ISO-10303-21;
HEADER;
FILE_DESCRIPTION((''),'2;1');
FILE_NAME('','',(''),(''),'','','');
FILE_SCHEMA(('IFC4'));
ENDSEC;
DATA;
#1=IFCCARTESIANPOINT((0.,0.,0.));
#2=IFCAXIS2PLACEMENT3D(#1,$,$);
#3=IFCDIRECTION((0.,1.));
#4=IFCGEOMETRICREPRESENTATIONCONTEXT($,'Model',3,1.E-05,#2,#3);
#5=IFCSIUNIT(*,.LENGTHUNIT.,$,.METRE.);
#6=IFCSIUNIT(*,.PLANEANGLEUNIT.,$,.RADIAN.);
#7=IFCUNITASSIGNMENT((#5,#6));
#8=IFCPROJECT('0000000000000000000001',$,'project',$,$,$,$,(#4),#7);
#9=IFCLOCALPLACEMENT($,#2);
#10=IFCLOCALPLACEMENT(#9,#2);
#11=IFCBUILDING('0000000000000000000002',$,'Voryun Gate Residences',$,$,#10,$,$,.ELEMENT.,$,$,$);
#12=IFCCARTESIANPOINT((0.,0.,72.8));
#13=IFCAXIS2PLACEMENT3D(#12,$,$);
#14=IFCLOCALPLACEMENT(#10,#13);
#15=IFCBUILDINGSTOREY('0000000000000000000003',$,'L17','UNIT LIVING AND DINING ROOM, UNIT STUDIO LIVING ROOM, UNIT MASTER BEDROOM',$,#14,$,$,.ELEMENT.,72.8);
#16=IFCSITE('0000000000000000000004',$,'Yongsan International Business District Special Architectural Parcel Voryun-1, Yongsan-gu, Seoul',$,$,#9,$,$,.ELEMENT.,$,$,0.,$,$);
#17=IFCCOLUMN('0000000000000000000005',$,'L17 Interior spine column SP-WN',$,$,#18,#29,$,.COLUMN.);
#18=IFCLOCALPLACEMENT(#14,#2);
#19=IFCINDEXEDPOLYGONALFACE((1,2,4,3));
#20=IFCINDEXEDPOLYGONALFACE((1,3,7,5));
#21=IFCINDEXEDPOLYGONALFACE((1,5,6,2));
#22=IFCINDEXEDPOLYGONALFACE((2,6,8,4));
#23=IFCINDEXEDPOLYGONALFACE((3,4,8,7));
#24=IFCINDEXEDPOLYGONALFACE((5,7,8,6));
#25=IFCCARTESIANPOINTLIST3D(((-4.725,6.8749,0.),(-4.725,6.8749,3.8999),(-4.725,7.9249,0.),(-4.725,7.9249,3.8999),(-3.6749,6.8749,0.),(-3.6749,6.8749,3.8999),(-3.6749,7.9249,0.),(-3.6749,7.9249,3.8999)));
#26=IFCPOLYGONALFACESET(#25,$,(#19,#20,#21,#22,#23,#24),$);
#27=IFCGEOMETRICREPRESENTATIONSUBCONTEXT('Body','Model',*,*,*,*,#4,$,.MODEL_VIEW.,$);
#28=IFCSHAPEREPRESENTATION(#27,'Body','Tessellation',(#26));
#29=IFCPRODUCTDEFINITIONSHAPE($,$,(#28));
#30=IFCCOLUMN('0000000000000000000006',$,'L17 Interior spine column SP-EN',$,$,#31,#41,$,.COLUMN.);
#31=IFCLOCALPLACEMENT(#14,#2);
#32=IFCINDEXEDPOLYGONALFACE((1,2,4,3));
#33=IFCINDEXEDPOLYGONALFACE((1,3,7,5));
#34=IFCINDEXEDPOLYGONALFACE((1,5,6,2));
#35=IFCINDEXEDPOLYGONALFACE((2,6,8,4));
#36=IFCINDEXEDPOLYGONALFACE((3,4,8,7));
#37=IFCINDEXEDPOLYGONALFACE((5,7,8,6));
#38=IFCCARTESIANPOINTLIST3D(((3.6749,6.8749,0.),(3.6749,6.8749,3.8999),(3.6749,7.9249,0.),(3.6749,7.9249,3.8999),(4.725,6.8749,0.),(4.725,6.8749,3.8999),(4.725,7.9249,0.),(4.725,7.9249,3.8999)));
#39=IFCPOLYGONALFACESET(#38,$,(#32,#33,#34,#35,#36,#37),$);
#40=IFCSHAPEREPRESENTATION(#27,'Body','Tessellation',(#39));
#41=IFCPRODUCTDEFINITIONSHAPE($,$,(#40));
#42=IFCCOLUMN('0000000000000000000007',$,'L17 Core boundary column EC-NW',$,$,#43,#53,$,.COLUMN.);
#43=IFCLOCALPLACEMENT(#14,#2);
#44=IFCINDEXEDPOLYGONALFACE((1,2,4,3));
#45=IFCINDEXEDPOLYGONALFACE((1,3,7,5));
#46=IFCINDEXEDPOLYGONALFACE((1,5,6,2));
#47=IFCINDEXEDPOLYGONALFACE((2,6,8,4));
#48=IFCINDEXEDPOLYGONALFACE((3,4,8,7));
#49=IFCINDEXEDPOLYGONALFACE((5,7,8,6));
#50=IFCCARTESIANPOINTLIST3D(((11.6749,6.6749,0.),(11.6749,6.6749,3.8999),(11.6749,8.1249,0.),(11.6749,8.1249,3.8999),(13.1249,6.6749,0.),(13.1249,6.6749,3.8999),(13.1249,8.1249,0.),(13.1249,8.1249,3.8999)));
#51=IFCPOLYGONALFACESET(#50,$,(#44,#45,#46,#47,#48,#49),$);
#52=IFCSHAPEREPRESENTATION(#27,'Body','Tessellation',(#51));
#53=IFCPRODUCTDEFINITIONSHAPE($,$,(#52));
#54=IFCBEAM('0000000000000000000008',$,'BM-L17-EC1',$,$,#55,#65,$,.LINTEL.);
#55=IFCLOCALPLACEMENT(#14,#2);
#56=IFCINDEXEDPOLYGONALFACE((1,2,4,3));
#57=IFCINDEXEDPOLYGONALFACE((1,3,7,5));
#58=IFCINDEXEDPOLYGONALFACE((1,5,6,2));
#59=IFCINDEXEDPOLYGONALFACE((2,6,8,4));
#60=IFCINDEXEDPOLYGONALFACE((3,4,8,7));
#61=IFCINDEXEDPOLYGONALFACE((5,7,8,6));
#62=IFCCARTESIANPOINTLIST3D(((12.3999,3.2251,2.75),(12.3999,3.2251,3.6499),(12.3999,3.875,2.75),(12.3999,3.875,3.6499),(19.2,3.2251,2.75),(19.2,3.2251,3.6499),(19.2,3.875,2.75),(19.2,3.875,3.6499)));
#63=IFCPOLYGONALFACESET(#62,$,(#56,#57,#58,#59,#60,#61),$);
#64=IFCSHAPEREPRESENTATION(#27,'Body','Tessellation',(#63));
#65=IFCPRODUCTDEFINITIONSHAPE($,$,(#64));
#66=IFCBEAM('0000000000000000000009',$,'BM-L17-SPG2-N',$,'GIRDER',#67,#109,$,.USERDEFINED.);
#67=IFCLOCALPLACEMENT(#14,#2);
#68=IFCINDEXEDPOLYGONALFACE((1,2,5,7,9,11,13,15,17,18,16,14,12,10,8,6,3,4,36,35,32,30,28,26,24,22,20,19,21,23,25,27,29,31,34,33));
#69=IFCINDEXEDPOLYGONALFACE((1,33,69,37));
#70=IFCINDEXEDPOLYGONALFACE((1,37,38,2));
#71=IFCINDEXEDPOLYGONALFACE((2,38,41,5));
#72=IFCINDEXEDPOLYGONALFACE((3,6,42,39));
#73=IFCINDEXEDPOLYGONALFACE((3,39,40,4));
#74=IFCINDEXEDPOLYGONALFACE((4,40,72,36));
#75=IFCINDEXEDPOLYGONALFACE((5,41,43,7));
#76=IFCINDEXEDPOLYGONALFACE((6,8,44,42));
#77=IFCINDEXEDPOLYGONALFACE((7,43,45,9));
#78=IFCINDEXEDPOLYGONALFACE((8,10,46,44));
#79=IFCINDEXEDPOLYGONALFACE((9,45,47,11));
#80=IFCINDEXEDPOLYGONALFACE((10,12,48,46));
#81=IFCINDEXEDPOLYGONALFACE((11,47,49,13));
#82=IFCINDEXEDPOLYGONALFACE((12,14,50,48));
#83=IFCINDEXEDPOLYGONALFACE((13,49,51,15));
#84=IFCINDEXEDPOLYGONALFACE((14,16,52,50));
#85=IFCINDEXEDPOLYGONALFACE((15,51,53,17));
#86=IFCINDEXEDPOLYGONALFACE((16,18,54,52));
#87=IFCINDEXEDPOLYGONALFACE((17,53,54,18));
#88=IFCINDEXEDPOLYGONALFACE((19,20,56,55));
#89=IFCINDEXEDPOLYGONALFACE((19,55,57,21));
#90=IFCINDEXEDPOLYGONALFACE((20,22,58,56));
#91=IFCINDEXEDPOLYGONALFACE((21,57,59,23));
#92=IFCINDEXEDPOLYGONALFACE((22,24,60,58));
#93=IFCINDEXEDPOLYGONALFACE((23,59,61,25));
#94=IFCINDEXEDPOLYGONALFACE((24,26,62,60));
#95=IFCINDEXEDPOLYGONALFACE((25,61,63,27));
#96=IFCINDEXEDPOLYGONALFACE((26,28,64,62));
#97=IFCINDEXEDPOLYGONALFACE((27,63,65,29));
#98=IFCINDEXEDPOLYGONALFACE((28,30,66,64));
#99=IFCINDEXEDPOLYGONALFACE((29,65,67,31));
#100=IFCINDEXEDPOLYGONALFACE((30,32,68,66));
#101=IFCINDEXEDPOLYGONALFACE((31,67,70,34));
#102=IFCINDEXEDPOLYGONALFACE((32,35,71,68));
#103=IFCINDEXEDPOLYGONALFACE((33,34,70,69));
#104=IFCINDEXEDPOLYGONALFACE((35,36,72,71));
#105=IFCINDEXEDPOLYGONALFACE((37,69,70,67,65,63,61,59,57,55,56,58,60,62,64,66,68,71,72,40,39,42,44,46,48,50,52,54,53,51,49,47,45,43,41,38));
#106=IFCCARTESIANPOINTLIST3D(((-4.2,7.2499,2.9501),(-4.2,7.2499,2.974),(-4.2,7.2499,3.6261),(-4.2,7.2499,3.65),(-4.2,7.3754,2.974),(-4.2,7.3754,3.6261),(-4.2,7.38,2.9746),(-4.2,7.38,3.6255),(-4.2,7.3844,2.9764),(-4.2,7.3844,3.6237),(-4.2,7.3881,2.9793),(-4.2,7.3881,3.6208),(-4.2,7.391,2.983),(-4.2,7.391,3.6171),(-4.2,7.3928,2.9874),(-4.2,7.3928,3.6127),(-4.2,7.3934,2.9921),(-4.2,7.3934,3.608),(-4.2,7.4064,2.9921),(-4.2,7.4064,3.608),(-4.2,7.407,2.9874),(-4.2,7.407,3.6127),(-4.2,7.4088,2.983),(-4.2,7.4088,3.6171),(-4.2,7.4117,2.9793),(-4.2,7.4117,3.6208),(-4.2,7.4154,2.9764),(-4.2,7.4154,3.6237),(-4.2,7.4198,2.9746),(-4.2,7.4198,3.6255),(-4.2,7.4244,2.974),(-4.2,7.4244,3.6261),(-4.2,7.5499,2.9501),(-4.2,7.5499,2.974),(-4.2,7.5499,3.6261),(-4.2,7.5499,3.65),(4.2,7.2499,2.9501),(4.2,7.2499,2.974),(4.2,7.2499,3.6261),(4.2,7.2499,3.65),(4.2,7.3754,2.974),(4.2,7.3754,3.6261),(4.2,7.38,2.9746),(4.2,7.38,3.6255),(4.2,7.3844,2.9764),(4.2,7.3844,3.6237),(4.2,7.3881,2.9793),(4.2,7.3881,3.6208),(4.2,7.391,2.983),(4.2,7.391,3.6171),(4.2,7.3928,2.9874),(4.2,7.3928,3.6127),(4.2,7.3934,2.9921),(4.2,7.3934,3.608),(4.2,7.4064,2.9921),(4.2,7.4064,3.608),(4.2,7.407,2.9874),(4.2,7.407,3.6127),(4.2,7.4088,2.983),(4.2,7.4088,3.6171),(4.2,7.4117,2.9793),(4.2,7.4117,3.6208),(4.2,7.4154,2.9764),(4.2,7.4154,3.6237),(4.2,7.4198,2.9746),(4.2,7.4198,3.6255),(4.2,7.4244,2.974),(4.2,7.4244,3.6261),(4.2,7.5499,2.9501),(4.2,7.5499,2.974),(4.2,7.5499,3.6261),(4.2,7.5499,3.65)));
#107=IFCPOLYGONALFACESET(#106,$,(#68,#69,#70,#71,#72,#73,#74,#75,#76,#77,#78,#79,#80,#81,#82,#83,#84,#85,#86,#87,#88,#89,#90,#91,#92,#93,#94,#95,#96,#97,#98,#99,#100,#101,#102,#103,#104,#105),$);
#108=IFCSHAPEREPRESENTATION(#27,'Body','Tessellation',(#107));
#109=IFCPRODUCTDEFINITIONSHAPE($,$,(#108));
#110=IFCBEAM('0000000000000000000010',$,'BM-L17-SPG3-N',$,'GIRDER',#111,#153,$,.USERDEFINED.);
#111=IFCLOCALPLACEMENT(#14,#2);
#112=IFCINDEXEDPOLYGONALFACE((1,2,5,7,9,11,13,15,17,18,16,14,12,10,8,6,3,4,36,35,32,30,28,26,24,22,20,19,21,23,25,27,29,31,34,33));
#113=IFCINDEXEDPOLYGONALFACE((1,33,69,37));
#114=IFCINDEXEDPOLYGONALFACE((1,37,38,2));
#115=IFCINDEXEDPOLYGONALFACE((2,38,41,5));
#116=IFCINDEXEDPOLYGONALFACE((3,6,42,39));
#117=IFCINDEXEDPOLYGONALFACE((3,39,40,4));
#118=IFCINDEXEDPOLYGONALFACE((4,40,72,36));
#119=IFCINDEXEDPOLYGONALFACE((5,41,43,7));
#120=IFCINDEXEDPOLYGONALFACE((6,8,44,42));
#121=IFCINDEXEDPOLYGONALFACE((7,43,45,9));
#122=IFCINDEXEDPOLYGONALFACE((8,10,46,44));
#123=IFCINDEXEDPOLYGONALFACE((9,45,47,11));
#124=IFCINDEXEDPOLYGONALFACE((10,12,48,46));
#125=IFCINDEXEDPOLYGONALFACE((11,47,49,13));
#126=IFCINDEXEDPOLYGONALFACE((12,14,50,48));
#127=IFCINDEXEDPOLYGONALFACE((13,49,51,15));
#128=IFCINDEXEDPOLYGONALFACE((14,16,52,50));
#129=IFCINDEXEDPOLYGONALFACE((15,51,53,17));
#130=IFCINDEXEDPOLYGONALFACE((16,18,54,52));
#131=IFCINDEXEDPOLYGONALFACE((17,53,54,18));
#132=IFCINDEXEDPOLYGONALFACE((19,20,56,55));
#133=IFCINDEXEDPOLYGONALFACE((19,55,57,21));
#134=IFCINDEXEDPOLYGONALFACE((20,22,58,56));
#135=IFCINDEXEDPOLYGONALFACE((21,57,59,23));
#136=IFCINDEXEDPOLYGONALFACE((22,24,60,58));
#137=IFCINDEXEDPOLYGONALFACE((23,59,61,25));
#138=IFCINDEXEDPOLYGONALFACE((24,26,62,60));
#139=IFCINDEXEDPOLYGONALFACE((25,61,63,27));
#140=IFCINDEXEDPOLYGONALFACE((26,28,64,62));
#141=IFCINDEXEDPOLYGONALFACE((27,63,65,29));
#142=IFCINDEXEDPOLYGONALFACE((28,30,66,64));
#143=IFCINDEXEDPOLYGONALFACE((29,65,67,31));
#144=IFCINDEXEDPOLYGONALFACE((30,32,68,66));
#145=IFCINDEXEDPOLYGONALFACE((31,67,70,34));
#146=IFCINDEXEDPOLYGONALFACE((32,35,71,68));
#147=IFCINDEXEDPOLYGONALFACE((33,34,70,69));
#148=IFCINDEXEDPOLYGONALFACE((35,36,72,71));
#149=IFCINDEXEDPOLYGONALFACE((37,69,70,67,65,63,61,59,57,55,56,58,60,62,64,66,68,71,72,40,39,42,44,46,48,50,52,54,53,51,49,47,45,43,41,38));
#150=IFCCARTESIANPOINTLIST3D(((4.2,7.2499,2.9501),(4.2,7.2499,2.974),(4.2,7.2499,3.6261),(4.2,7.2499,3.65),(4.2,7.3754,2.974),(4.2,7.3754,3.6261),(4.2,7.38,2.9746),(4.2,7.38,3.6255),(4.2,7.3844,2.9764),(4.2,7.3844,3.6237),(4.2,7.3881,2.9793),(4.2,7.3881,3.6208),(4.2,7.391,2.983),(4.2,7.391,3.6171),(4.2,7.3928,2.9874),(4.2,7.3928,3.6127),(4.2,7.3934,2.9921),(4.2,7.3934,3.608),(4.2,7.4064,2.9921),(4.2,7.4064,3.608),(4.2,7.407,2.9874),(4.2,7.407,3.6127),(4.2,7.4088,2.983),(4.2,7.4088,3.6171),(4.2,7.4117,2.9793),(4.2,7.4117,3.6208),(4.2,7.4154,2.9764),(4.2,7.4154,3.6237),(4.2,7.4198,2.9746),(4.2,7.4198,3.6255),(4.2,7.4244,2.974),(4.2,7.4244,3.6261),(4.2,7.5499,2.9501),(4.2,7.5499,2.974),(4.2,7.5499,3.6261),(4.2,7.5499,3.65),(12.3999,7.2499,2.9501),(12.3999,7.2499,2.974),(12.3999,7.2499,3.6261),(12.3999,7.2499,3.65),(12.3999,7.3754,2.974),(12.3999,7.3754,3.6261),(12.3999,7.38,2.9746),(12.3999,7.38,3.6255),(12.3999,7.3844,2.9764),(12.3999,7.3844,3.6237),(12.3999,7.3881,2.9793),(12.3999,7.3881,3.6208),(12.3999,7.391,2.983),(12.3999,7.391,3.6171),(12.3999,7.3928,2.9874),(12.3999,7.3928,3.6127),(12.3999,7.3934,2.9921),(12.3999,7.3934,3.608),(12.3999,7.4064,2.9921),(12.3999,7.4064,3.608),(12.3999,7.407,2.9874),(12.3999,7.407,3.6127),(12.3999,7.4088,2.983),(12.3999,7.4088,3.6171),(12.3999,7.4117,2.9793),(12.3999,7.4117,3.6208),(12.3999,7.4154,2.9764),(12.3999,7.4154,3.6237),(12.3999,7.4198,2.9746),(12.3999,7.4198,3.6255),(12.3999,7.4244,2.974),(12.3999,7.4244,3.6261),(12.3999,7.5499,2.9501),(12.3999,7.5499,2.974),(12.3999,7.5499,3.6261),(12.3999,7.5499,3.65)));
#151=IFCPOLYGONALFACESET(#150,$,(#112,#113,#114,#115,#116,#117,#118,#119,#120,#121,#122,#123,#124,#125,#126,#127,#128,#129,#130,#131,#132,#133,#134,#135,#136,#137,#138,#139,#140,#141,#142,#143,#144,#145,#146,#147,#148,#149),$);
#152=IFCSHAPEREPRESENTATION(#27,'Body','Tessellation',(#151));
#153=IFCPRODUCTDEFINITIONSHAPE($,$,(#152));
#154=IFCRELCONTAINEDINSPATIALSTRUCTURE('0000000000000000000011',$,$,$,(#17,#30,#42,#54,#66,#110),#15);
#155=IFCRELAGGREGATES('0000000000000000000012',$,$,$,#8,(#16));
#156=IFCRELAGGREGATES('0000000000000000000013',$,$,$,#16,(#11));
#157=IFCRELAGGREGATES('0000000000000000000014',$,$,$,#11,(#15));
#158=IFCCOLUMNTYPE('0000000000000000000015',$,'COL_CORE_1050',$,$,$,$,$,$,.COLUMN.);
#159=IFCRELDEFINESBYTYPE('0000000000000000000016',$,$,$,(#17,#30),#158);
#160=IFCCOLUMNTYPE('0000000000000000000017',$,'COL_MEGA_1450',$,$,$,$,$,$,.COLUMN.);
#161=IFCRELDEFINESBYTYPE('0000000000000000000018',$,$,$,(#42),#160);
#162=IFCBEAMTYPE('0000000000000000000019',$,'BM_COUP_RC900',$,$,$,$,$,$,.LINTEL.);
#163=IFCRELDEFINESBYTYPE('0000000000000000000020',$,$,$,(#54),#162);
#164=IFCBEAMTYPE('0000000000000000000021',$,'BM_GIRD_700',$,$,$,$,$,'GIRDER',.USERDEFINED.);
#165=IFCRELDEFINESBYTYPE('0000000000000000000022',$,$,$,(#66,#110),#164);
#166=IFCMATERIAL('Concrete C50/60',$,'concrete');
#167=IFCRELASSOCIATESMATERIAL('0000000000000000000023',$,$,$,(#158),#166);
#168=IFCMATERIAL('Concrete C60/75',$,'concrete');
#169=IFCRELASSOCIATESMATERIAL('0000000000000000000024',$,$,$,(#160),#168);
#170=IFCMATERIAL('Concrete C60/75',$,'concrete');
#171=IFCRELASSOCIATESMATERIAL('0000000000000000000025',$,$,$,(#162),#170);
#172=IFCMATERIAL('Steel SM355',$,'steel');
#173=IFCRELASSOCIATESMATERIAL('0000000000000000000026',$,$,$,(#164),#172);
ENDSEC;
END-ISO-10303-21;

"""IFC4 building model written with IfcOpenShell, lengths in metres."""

from ifc_helpers import new_model, si_unit, direction, frame, origin, origin_2d, place, context, subcontext, project, spatial, rectangle, i_section, extrude, material, material_profile, profile_set, type_object, element, save


model = new_model("IFC4")

# Units and contexts
model_context = context("Model", 3, precision=1e-05, world=origin(), true_north=direction((0.0, 1.0)))
body_context = subcontext(model_context, "Body", "Model", "MODEL_VIEW")
ifc_project = project(units=[si_unit("LENGTHUNIT", "METRE"), si_unit("PLANEANGLEUNIT", "RADIAN")], contexts=[model_context])

# Site, building, storey
site_placement = place(None, origin())
site = spatial("IfcSite", under=ifc_project, at=site_placement, Name="Yongsan International Business District Special Architectural Parcel Voryun-1, Yongsan-gu, Seoul", CompositionType="ELEMENT", RefElevation=0.0)
building_placement = place(site_placement, origin())
building = spatial("IfcBuilding", under=site, at=building_placement, Name="Voryun Gate Residences", CompositionType="ELEMENT")
storey_placement = place(building_placement, frame((0.0, 0.0, 72.8)))
storey = spatial("IfcBuildingStorey", under=building, at=storey_placement, Name="L17", Description="UNIT LIVING AND DINING ROOM, UNIT STUDIO LIVING ROOM, UNIT MASTER BEDROOM", CompositionType="ELEMENT", Elevation=72.8)

# Columns
ifc_material_1 = material(Name="Concrete C50/60", Category="concrete")
ifc_material_profile_1 = material_profile(ifc_material_1, rectangle(XDim=1.05, YDim=1.05, at=origin_2d()), Name="RC-1050x1050")
ifc_profile_set_1 = profile_set([ifc_material_profile_1], Name="Concrete C50/60")
column_type_1 = type_object("IfcColumnType", Name="COL_CORE_1050", PredefinedType="COLUMN", material=ifc_profile_set_1)
for number, where, z_axis, x_axis, name in (
    (1, (-4.2, 7.3999, 0.0), (0.0, 0.0, 1.0), (1.0, 0.0, 0.0), "L17 Interior spine column SP-WN"),
    (2, (4.2, 7.3999, 0.0), (0.0, 0.0, 1.0), (1.0, 0.0, 0.0), "L17 Interior spine column SP-EN"),
):
    element("IfcColumn", number, at=place(storey_placement, frame(where, z_axis=z_axis, x_axis=x_axis)), inside=storey, type_object=column_type_1, Name=name, PredefinedType="COLUMN", context=body_context, shape_type="SweptSolid", body=[
        extrude(rectangle(XDim=1.05, YDim=1.05, at=origin_2d()), origin(), (0.0, 0.0, 1.0), 3.8999),
    ])
ifc_material_2 = material(Name="Concrete C60/75", Category="concrete")
ifc_material_profile_2 = material_profile(ifc_material_2, rectangle(XDim=1.45, YDim=1.45, at=origin_2d()), Name="RC-1450x1450")
ifc_profile_set_2 = profile_set([ifc_material_profile_2], Name="Concrete C60/75")
column_type_2 = type_object("IfcColumnType", Name="COL_MEGA_1450", PredefinedType="COLUMN", material=ifc_profile_set_2)
column_placement = place(storey_placement, frame((12.3999, 7.3999, 0.0), z_axis=(0.0, 0.0, 1.0), x_axis=(1.0, 0.0, 0.0)))
element("IfcColumn", 3, at=column_placement, inside=storey, type_object=column_type_2, Name="L17 Core boundary column EC-NW", PredefinedType="COLUMN", context=body_context, shape_type="SweptSolid", body=[
    extrude(rectangle(XDim=1.45, YDim=1.45, at=origin_2d()), origin(), (0.0, 0.0, 1.0), 3.8999),
])

# Beams
ifc_material_3 = material(Name="Concrete C60/75", Category="concrete")
ifc_material_profile_3 = material_profile(ifc_material_3, rectangle(XDim=0.6499, YDim=0.8999, at=origin_2d()), Name="RC-650x900")
ifc_profile_set_3 = profile_set([ifc_material_profile_3], Name="Concrete C60/75")
beam_type_1 = type_object("IfcBeamType", Name="BM_COUP_RC900", PredefinedType="LINTEL", material=ifc_profile_set_3)
beam_1_placement = place(storey_placement, frame((12.3999, 3.55, 3.2), z_axis=(1.0, 0.0, 0.0), x_axis=(0.0, 1.0, 0.0)))
element("IfcBeam", 4, at=beam_1_placement, inside=storey, type_object=beam_type_1, Name="BM-L17-EC1", PredefinedType="LINTEL", context=body_context, shape_type="SweptSolid", body=[
    extrude(rectangle(XDim=0.6499, YDim=0.8999, at=origin_2d()), origin(), (0.0, 0.0, 1.0), 6.8),
])
ifc_material_4 = material(Name="Steel SM355", Category="steel")
ifc_material_profile_4 = material_profile(ifc_material_4, i_section(OverallWidth=0.3, OverallDepth=0.7, WebThickness=0.0129, FlangeThickness=0.0239, FilletRadius=0.0181, at=origin_2d()), Name="H-700x300x13x24")
ifc_profile_set_4 = profile_set([ifc_material_profile_4], Name="Steel SM355")
beam_type_2 = type_object("IfcBeamType", Name="BM_GIRD_700", ElementType="GIRDER", PredefinedType="USERDEFINED", material=ifc_profile_set_4)
beam_2_placement = place(storey_placement, frame((-4.2, 7.3999, 3.3), z_axis=(1.0, 0.0, 0.0), x_axis=(0.0, 1.0, 0.0)))
element("IfcBeam", 5, at=beam_2_placement, inside=storey, type_object=beam_type_2, Name="BM-L17-SPG2-N", ObjectType="GIRDER", PredefinedType="USERDEFINED", context=body_context, shape_type="SweptSolid", body=[
    extrude(i_section(OverallWidth=0.3, OverallDepth=0.7, WebThickness=0.0129, FlangeThickness=0.0239, FilletRadius=0.0181, at=origin_2d()), origin(), (0.0, 0.0, 1.0), 8.3999),
])
beam_3_placement = place(storey_placement, frame((4.2, 7.3999, 3.3), z_axis=(1.0, 0.0, 0.0), x_axis=(0.0, 1.0, 0.0)))
element("IfcBeam", 6, at=beam_3_placement, inside=storey, type_object=beam_type_2, Name="BM-L17-SPG3-N", ObjectType="GIRDER", PredefinedType="USERDEFINED", context=body_context, shape_type="SweptSolid", body=[
    extrude(i_section(OverallWidth=0.3, OverallDepth=0.7, WebThickness=0.0129, FlangeThickness=0.0239, FilletRadius=0.0181, at=origin_2d()), origin(), (0.0, 0.0, 1.0), 8.2),
])

save(model, "model.ifc")
